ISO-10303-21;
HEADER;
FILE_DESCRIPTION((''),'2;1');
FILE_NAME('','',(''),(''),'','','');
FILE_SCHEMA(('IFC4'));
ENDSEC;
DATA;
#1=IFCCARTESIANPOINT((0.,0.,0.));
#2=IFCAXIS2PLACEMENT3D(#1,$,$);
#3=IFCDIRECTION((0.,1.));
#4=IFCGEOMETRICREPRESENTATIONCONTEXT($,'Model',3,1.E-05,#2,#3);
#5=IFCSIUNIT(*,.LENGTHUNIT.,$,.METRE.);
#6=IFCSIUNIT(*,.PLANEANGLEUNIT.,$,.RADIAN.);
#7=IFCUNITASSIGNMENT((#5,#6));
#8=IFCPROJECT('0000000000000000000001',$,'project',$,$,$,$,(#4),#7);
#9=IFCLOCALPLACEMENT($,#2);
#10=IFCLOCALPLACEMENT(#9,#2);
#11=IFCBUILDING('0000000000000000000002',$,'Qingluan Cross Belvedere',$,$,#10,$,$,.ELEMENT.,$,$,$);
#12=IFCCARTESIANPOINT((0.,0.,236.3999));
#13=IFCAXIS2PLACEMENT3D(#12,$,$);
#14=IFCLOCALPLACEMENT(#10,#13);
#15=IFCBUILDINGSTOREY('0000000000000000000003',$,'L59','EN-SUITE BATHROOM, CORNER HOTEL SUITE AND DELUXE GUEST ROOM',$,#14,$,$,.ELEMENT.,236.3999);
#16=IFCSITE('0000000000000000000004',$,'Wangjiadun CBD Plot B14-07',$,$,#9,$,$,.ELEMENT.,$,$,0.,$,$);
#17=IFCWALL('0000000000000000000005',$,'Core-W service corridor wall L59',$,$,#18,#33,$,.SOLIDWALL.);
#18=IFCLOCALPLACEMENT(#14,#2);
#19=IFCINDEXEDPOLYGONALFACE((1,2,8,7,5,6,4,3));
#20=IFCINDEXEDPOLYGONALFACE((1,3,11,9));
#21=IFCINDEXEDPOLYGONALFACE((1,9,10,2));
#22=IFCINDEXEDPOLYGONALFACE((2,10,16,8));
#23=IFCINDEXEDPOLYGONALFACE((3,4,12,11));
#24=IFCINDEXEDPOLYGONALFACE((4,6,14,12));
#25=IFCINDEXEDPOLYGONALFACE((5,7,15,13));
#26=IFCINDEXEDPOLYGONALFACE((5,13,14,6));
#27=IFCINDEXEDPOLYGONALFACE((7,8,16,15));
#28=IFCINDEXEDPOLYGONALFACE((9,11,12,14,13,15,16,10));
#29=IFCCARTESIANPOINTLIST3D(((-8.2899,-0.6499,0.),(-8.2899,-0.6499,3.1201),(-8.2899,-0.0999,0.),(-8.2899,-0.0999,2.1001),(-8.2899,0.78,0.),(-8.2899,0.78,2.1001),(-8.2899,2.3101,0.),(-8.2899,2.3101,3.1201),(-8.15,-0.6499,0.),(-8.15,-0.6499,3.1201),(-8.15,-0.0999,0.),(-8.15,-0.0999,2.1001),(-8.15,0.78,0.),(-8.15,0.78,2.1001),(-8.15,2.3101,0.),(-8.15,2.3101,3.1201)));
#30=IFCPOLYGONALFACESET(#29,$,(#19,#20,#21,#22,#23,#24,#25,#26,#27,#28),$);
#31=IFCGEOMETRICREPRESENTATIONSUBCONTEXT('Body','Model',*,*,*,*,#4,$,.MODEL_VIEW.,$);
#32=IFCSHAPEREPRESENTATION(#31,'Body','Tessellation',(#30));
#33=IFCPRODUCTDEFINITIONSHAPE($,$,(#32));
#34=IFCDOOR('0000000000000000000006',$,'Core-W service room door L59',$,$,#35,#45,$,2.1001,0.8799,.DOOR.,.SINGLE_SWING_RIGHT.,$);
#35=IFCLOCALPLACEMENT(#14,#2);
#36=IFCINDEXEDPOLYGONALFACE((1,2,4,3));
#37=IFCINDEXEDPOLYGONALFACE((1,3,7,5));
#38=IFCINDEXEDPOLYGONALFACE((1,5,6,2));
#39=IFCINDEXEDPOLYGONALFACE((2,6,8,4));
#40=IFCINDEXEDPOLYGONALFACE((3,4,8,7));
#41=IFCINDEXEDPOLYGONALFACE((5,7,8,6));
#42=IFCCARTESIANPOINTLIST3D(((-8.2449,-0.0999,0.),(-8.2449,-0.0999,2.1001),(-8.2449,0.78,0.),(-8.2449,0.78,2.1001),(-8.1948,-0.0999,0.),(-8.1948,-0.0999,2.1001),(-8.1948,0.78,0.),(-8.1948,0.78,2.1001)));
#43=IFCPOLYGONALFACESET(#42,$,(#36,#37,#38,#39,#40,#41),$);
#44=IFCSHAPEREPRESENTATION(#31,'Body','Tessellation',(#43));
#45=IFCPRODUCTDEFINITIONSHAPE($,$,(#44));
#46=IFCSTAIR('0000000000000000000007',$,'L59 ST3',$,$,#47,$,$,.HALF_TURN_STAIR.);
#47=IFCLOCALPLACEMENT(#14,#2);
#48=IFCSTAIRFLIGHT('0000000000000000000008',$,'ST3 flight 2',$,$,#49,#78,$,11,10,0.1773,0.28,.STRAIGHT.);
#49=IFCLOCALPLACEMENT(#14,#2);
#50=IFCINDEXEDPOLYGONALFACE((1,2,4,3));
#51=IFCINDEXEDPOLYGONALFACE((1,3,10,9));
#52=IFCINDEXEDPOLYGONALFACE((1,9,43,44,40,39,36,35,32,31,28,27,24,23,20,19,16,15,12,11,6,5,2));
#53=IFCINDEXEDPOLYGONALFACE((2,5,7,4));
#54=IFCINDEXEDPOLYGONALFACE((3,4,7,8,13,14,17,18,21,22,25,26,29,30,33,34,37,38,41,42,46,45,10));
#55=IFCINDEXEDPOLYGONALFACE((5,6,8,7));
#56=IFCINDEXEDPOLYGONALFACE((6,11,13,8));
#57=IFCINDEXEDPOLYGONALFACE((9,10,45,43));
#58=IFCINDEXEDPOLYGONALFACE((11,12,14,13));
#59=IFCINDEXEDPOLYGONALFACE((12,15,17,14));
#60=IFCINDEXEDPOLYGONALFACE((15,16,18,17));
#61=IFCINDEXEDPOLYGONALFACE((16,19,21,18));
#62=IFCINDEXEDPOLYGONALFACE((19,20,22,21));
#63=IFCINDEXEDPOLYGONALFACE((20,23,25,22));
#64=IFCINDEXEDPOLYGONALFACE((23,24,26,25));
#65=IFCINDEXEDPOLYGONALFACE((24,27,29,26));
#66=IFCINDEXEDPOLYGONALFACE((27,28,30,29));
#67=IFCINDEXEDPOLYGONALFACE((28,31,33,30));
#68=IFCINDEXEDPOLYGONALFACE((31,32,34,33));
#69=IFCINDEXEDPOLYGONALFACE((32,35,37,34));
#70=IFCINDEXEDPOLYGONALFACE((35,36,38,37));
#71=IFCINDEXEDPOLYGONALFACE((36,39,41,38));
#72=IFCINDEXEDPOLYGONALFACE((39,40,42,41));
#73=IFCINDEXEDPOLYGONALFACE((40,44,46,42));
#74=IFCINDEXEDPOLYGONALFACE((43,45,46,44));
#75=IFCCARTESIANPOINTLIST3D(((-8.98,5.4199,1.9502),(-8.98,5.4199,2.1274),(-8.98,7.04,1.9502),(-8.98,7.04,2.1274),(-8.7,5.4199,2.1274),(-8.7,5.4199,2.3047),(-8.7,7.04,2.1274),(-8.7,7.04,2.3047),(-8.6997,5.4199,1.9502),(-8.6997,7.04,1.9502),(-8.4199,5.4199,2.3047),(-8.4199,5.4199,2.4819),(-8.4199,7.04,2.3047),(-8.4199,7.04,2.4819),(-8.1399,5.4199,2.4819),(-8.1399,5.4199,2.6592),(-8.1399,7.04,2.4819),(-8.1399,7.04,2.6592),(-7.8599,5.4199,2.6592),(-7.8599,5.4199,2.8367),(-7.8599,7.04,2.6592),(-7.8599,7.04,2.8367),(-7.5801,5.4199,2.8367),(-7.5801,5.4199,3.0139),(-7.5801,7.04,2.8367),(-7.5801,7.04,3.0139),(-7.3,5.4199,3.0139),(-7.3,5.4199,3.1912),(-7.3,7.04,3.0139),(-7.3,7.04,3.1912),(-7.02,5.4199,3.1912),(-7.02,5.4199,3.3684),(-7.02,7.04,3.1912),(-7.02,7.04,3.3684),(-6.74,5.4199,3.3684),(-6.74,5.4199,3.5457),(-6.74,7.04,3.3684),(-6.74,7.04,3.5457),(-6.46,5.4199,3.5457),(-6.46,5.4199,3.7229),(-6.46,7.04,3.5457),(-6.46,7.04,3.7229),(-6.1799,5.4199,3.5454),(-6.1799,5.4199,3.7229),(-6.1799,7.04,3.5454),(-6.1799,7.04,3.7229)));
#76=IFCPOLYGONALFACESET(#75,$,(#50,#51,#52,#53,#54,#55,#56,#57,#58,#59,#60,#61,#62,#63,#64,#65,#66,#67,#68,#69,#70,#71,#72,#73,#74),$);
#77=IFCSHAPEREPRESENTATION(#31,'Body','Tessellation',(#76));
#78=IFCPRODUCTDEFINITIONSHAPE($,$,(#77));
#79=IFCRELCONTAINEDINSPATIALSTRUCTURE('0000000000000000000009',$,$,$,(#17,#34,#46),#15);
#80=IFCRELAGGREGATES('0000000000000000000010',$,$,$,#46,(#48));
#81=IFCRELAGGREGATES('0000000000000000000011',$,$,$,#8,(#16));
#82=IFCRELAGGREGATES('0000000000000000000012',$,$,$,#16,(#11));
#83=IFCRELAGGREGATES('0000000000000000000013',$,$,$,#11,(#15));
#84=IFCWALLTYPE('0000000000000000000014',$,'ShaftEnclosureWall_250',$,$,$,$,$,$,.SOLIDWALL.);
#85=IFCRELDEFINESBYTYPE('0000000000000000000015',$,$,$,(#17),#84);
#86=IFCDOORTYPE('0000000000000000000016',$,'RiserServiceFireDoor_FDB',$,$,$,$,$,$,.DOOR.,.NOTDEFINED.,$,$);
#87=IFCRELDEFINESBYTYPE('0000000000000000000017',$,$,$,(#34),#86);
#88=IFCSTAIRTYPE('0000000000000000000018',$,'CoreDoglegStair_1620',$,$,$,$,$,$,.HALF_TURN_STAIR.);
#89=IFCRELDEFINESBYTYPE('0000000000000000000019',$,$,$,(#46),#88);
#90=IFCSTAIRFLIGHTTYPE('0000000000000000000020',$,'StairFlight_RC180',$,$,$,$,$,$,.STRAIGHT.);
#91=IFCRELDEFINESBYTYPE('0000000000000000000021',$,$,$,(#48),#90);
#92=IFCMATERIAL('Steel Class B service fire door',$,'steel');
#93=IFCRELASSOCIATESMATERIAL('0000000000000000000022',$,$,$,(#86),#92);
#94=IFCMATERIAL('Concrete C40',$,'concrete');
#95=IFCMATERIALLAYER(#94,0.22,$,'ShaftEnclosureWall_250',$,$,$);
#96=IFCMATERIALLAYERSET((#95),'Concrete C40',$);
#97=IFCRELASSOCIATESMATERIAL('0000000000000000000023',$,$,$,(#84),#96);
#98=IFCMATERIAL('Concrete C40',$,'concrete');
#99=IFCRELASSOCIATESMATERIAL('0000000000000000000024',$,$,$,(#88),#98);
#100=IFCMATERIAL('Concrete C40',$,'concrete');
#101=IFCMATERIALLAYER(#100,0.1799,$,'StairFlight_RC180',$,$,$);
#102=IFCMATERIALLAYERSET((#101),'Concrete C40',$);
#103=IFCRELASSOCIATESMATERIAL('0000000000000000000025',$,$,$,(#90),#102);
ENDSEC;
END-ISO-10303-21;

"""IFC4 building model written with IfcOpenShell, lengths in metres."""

from ifc_helpers import new_model, si_unit, direction, frame, frame_2d, origin, place, context, subcontext, project, spatial, polyline, rectangle, outline, extrude, material, layer, layer_set, type_object, element, fill, aggregate, save


model = new_model("IFC4")

# Units and contexts
model_context = context("Model", 3, precision=1e-05, world=origin(), true_north=direction((0.0, 1.0)))
body_context = subcontext(model_context, "Body", "Model", "MODEL_VIEW")
ifc_project = project(units=[si_unit("LENGTHUNIT", "METRE"), si_unit("PLANEANGLEUNIT", "RADIAN")], contexts=[model_context])

# Site, building, storey
site_placement = place(None, origin())
site = spatial("IfcSite", under=ifc_project, at=site_placement, Name="Wangjiadun CBD Plot B14-07", CompositionType="ELEMENT", RefElevation=0.0)
building_placement = place(site_placement, origin())
building = spatial("IfcBuilding", under=site, at=building_placement, Name="Qingluan Cross Belvedere", CompositionType="ELEMENT")
storey_placement = place(building_placement, frame((0.0, 0.0, 236.3999)))
storey = spatial("IfcBuildingStorey", under=building, at=storey_placement, Name="L59", Description="EN-SUITE BATHROOM, CORNER HOTEL SUITE AND DELUXE GUEST ROOM", CompositionType="ELEMENT", Elevation=236.3999)

# Shared definitions
ifc_material_1 = material(Name="Steel Class B service fire door", Category="steel")
door_type_1 = type_object("IfcDoorType", Name="RiserServiceFireDoor_FDB", OperationType="NOTDEFINED", PredefinedType="DOOR", material=ifc_material_1)

# Shared definitions
ifc_material_2 = material(Name="Concrete C40", Category="concrete")
ifc_layer_1 = layer(ifc_material_2, 0.22, Name="ShaftEnclosureWall_250")
ifc_layer_set_1 = layer_set([ifc_layer_1], Name="Concrete C40")
wall_type_1 = type_object("IfcWallType", Name="ShaftEnclosureWall_250", PredefinedType="SOLIDWALL", material=ifc_layer_set_1)

# Wall, opening, door
wall_1_placement = place(storey_placement, frame((-8.22, -0.6499, 0.0), z_axis=(0.0, 0.0, 1.0), x_axis=(0.0, 1.0, 0.0)))
wall_1 = element("IfcWall", 1, at=wall_1_placement, inside=storey, type_object=wall_type_1, Name="Core-W service corridor wall L59", PredefinedType="SOLIDWALL", context=body_context, shape_type="SweptSolid", body=[
    extrude(rectangle(XDim=2.96, YDim=0.1399, at=frame_2d((1.48, 0.0))), origin(), (0.0, 0.0, 1.0), 3.1201),
])
opening_1_placement = place(wall_1_placement, frame((0.55, 0.0, 0.0)))
opening_1 = element("IfcOpeningElement", 2, at=opening_1_placement, cuts=wall_1, PredefinedType="OPENING", context=body_context, shape_type="SweptSolid", body=[
    extrude(rectangle(XDim=0.8799, YDim=2.1001, at=frame_2d((0.4399, 1.05))), frame((0.0, 0.0798, 0.0), z_axis=(0.0, -1.0, 0.0), x_axis=(1.0, 0.0, 0.0)), (0.0, 0.0, 1.0), 0.1599),
])
door_1_placement = place(opening_1_placement, origin())
door_1 = element("IfcDoor", 3, at=door_1_placement, inside=storey, type_object=door_type_1, Name="Core-W service room door L59", OperationType="SINGLE_SWING_RIGHT", OverallHeight=2.1001, OverallWidth=0.8799, PredefinedType="DOOR", context=body_context, shape_type="SweptSolid", body=[
    extrude(rectangle(XDim=0.8799, YDim=2.1001, at=frame_2d((0.4399, 1.05))), frame((0.0, 0.0249, 0.0), z_axis=(0.0, -1.0, 0.0), x_axis=(1.0, 0.0, 0.0)), (0.0, 0.0, 1.0), 0.05),
])
fill(opening_1, door_1)

# Stair, stair flight
ifc_material_3 = material(Name="Concrete C40", Category="concrete")
stair_type = type_object("IfcStairType", Name="CoreDoglegStair_1620", PredefinedType="HALF_TURN_STAIR", material=ifc_material_3)
stair_placement = place(storey_placement, origin())
stair = element("IfcStair", 4, at=stair_placement, inside=storey, type_object=stair_type, Name="L59 ST3", PredefinedType="HALF_TURN_STAIR")
ifc_material_4 = material(Name="Concrete C40", Category="concrete")
ifc_layer_2 = layer(ifc_material_4, 0.1799, Name="StairFlight_RC180")
ifc_layer_set_2 = layer_set([ifc_layer_2], Name="Concrete C40")
stair_flight_type = type_object("IfcStairFlightType", Name="StairFlight_RC180", PredefinedType="STRAIGHT", material=ifc_layer_set_2)
stair_flight_placement = place(storey_placement, frame((-8.98, 6.23, 1.9502), z_axis=(0.0, 0.0, 1.0), x_axis=(1.0, 0.0, 0.0)))
stair_flight = element("IfcStairFlight", 5, at=stair_flight_placement, type_object=stair_flight_type, Name="ST3 flight 2", NumberOfRisers=11, NumberOfTreads=10, PredefinedType="STRAIGHT", RiserHeight=0.1773, TreadLength=0.28, context=body_context, shape_type="SweptSolid", body=[
    extrude(outline(polyline([(0.0, 0.0), (0.0, 0.1772), (0.28, 0.1772), (0.28, 0.3545), (0.5601, 0.3545), (0.5601, 0.5317), (0.8401, 0.5317), (0.8401, 0.709), (1.1201, 0.709), (1.1201, 0.8865), (1.3999, 0.8865), (1.3999, 1.0637), (1.6799, 1.0637), (1.6799, 1.241), (1.96, 1.241), (1.96, 1.4182), (2.24, 1.4182), (2.24, 1.5955), (2.52, 1.5955), (2.52, 1.7727), (2.8, 1.7727), (2.8, 1.95), (2.8, 1.5952), (0.2803, 0.0), (0.0, 0.0)])), frame((0.0, 0.8101, 0.0), z_axis=(0.0, -1.0, 0.0), x_axis=(1.0, 0.0, 0.0)), (0.0, 0.0, 1.0), 1.6201),
])
aggregate(stair, [stair_flight])

save(model, "model.ifc")
